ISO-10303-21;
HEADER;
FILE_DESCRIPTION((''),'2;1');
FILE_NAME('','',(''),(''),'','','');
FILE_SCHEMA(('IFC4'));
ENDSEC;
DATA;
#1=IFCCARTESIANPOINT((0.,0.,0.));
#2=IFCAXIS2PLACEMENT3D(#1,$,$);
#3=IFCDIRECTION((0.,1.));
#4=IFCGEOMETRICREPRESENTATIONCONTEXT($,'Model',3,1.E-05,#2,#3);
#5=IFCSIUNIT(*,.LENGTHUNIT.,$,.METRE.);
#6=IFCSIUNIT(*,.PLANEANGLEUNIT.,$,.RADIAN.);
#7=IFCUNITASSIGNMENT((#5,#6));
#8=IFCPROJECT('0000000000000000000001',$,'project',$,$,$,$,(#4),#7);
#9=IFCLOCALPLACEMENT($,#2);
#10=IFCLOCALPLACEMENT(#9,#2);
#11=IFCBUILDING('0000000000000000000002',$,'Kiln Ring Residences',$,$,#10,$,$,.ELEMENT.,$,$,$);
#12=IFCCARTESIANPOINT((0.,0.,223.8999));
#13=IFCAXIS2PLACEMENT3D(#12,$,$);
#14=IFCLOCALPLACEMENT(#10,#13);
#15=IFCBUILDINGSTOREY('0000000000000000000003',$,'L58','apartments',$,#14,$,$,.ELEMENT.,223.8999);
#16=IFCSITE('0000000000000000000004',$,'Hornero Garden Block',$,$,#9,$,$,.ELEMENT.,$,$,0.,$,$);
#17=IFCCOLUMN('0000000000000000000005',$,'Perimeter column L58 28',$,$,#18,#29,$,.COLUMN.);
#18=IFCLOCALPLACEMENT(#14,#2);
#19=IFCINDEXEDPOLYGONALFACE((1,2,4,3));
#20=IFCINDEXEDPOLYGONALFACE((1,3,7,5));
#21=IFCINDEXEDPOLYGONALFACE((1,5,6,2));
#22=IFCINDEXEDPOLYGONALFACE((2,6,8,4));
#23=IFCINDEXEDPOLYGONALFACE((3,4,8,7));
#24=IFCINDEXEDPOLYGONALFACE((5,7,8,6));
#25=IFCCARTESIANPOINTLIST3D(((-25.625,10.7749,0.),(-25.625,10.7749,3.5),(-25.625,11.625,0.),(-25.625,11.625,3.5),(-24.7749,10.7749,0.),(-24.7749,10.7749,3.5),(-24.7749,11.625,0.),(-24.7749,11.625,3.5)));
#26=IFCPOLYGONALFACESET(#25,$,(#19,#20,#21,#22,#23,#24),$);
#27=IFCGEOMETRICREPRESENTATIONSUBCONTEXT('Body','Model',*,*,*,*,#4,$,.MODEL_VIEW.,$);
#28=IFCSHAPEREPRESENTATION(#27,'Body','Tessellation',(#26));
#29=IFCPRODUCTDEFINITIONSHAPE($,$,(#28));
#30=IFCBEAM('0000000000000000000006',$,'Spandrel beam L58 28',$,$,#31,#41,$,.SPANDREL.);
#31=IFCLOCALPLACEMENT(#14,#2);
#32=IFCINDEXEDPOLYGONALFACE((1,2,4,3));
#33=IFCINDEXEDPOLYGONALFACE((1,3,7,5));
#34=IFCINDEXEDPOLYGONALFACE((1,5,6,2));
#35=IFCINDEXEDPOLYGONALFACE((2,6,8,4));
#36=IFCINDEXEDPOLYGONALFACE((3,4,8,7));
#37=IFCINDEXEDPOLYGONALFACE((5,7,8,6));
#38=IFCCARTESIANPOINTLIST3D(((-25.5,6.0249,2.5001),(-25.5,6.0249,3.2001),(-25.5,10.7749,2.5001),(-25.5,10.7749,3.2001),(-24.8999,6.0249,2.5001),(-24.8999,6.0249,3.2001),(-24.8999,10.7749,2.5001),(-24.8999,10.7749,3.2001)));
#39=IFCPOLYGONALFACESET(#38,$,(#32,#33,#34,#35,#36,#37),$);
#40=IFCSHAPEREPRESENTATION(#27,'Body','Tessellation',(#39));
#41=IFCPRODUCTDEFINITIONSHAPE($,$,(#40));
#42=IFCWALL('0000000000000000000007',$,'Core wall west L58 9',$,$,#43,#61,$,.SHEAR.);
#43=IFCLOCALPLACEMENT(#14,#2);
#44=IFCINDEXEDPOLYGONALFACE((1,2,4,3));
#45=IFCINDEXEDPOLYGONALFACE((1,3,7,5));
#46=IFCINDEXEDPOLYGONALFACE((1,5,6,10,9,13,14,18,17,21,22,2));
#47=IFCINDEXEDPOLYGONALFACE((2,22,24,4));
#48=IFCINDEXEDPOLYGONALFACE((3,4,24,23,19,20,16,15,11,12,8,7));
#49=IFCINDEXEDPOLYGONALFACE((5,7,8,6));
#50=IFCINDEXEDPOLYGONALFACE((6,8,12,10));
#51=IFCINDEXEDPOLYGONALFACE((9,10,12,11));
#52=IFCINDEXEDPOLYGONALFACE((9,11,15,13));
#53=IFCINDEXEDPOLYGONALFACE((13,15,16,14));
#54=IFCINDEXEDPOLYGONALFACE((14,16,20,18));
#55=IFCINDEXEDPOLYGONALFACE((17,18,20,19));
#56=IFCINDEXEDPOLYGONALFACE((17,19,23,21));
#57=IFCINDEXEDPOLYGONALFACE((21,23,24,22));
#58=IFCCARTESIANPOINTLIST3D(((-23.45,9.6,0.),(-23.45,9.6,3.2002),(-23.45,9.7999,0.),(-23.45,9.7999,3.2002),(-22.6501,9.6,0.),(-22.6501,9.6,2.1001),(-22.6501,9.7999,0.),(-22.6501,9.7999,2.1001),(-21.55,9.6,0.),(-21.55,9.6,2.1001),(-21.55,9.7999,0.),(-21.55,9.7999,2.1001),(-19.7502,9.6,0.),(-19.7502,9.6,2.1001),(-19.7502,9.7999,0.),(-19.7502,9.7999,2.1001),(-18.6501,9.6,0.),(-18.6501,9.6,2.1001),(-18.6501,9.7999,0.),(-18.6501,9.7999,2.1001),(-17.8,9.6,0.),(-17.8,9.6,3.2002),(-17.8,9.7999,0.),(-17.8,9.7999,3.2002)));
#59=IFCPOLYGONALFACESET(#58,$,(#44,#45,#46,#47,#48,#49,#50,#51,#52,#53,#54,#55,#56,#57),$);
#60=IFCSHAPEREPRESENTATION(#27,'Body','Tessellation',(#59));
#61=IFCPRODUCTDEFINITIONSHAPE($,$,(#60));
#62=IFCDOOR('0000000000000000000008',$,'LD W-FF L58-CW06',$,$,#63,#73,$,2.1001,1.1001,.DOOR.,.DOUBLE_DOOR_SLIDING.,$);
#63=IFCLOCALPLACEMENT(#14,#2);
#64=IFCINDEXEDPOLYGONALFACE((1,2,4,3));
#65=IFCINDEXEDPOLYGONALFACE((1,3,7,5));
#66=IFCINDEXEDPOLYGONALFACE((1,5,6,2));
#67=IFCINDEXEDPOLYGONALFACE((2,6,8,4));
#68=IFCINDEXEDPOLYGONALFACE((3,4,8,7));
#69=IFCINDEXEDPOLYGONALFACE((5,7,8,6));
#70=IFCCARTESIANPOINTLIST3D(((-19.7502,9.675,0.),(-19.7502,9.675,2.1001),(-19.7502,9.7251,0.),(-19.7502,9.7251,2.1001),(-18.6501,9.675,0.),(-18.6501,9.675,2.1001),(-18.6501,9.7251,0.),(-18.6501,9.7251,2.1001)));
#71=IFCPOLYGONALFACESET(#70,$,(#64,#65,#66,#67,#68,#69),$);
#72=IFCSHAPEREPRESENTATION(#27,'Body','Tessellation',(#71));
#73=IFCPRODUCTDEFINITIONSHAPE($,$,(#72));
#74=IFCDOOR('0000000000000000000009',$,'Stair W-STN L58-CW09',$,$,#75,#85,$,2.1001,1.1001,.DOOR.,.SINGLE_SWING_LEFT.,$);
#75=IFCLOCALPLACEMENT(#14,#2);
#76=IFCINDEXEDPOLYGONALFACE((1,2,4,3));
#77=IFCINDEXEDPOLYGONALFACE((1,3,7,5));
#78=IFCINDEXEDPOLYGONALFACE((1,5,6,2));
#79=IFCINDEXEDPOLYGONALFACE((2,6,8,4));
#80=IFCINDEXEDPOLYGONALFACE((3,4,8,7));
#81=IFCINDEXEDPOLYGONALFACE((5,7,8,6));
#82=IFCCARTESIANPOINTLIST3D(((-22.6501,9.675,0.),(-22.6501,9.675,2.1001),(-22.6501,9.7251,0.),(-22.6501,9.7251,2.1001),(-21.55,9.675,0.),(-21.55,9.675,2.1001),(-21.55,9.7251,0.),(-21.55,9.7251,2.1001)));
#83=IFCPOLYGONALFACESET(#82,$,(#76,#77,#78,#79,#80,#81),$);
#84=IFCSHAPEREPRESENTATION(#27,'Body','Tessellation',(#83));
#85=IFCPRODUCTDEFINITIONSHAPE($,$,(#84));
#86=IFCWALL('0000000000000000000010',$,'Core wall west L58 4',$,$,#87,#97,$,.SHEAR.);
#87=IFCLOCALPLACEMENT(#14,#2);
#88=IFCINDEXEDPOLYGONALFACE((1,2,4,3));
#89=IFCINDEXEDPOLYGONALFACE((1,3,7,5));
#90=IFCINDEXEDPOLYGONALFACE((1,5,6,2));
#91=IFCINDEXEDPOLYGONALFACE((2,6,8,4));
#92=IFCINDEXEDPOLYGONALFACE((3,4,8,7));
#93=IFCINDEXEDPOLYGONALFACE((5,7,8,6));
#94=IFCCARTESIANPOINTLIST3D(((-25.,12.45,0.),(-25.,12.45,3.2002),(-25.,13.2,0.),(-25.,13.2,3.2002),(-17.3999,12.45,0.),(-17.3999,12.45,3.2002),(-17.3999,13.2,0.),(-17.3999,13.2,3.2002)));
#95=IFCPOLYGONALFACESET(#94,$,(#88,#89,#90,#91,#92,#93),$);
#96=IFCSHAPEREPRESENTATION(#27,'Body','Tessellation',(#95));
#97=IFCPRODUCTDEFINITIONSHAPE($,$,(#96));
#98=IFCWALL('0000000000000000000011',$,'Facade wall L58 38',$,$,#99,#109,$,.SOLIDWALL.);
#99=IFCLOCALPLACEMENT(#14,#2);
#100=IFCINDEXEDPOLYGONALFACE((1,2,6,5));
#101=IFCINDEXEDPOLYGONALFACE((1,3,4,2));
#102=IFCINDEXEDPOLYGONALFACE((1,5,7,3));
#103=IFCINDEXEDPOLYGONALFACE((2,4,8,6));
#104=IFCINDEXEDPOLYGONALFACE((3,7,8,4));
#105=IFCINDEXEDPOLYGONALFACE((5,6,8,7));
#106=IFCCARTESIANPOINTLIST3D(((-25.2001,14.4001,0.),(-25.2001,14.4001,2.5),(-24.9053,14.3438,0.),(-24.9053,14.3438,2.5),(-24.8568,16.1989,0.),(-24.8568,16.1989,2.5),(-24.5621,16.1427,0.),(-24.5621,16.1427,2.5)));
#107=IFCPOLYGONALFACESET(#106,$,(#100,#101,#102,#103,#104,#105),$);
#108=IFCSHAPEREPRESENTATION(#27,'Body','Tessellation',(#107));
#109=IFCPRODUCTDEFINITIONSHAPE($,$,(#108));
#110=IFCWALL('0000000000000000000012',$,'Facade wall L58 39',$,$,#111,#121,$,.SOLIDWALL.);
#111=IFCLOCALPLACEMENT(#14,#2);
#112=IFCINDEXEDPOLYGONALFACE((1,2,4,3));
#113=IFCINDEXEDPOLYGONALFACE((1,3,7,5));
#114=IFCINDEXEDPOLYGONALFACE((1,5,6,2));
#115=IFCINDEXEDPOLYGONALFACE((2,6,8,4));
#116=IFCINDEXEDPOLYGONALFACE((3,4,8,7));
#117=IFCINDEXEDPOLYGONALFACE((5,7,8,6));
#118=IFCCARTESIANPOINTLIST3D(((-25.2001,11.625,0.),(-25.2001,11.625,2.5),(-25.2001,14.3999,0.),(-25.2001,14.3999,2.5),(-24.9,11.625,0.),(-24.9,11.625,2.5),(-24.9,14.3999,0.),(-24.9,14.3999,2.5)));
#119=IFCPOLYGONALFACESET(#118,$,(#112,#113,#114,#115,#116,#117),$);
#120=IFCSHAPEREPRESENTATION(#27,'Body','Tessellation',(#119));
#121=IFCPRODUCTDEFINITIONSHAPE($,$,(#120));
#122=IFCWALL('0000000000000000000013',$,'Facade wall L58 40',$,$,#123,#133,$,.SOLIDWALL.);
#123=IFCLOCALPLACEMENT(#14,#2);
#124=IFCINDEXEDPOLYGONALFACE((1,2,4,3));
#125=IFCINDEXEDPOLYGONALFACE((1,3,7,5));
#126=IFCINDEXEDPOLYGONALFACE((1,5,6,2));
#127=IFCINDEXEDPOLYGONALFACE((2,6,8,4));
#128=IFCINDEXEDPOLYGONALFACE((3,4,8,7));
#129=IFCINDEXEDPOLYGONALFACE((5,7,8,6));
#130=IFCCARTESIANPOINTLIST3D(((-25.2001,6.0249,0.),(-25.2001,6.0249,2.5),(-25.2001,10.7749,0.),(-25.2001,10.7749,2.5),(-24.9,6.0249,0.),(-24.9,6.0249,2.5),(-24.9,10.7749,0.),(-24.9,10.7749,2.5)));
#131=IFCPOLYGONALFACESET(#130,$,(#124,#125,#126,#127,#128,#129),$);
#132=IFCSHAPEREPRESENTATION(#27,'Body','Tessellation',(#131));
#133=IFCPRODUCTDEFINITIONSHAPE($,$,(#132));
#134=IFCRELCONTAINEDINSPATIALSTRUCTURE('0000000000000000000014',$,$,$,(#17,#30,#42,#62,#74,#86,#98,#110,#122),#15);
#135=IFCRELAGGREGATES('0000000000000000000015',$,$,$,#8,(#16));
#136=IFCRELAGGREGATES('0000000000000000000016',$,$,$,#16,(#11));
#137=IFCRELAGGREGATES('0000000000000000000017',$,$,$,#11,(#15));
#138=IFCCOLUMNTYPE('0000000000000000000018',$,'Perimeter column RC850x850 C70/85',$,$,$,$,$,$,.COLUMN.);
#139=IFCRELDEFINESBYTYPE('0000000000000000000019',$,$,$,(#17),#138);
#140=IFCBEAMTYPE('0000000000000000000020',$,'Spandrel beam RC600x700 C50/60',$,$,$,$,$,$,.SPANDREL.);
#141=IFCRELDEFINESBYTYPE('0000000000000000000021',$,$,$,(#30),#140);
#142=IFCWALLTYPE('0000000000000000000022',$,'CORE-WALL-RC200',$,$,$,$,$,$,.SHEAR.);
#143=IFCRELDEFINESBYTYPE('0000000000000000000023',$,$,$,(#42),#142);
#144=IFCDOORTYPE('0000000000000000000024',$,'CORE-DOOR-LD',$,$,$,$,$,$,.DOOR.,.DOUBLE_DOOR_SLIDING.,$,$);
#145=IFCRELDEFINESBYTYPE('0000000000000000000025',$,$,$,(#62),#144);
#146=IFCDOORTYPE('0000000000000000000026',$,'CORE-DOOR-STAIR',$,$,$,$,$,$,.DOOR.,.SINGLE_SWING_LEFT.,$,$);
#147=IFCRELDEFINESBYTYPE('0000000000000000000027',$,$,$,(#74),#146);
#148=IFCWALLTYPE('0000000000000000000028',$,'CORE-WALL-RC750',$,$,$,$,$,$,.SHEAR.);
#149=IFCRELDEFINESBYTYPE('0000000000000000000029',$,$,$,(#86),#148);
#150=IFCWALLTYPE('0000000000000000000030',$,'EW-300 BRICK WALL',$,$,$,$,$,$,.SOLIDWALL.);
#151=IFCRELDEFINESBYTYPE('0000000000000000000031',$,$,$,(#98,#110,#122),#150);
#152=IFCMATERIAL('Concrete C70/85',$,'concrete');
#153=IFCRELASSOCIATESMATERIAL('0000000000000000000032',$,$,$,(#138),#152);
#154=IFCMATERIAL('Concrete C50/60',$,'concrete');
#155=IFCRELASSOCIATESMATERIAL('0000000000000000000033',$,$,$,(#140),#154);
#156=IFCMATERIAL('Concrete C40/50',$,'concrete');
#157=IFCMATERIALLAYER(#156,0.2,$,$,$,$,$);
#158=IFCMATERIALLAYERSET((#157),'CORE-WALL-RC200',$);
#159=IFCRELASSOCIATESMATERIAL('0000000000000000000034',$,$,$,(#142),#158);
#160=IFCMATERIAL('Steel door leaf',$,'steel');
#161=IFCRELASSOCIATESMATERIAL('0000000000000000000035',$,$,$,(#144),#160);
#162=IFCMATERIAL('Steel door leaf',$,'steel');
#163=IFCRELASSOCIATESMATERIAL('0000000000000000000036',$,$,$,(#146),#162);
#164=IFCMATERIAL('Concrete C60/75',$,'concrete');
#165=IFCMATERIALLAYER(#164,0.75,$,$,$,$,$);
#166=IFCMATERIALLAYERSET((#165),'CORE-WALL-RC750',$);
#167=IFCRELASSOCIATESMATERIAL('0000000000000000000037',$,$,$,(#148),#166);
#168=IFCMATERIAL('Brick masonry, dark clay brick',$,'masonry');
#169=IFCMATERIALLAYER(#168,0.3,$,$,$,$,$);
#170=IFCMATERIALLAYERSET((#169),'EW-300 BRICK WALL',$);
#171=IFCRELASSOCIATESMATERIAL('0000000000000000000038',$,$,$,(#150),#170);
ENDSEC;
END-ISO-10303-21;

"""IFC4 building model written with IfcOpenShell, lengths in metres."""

from ifc_helpers import new_model, si_unit, direction, frame, frame_2d, origin, origin_2d, place, context, subcontext, project, spatial, rectangle, extrude, material, layer, layer_set, material_profile, profile_set, type_object, element, fill, save


model = new_model("IFC4")

# Units and contexts
model_context = context("Model", 3, precision=1e-05, world=origin(), true_north=direction((0.0, 1.0)))
body_context = subcontext(model_context, "Body", "Model", "MODEL_VIEW")
ifc_project = project(units=[si_unit("LENGTHUNIT", "METRE"), si_unit("PLANEANGLEUNIT", "RADIAN")], contexts=[model_context])

# Site, building, storey
site_placement = place(None, origin())
site = spatial("IfcSite", under=ifc_project, at=site_placement, Name="Hornero Garden Block", CompositionType="ELEMENT", RefElevation=0.0)
building_placement = place(site_placement, origin())
building = spatial("IfcBuilding", under=site, at=building_placement, Name="Kiln Ring Residences", CompositionType="ELEMENT")
storey_placement = place(building_placement, frame((0.0, 0.0, 223.8999)))
storey = spatial("IfcBuildingStorey", under=building, at=storey_placement, Name="L58", Description="apartments", CompositionType="ELEMENT", Elevation=223.8999)

# Column
ifc_material_1 = material(Name="Concrete C70/85", Category="concrete")
ifc_material_profile_1 = material_profile(ifc_material_1, rectangle(XDim=0.8501, YDim=0.8501, at=origin_2d()), Name="RC850x850")
ifc_profile_set_1 = profile_set([ifc_material_profile_1], Name="Concrete C70/85")
column_type = type_object("IfcColumnType", Name="Perimeter column RC850x850 C70/85", PredefinedType="COLUMN", material=ifc_profile_set_1)
column_placement = place(storey_placement, frame((-25.2, 11.2, 0.0), z_axis=(0.0, 0.0, 1.0), x_axis=(1.0, 0.0, 0.0)))
element("IfcColumn", 1, at=column_placement, inside=storey, type_object=column_type, Name="Perimeter column L58 28", PredefinedType="COLUMN", context=body_context, shape_type="SweptSolid", body=[
    extrude(rectangle(XDim=0.8501, YDim=0.8501, at=origin_2d()), origin(), (0.0, 0.0, 1.0), 3.5),
])

# Beam
ifc_material_2 = material(Name="Concrete C50/60", Category="concrete")
ifc_material_profile_2 = material_profile(ifc_material_2, rectangle(XDim=0.6001, YDim=0.7, at=origin_2d()), Name="RC600x700")
ifc_profile_set_2 = profile_set([ifc_material_profile_2], Name="Concrete C50/60")
beam_type = type_object("IfcBeamType", Name="Spandrel beam RC600x700 C50/60", PredefinedType="SPANDREL", material=ifc_profile_set_2)
beam_placement = place(storey_placement, frame((-25.2, 10.7749, 2.8501), z_axis=(0.0, -1.0, 0.0), x_axis=(1.0, 0.0, 0.0)))
element("IfcBeam", 2, at=beam_placement, inside=storey, type_object=beam_type, Name="Spandrel beam L58 28", PredefinedType="SPANDREL", context=body_context, shape_type="SweptSolid", body=[
    extrude(rectangle(XDim=0.6001, YDim=0.7, at=origin_2d()), origin(), (0.0, 0.0, 1.0), 4.75),
])

# Wall, openings, doors
ifc_material_3 = material(Name="Concrete C40/50", Category="concrete")
ifc_layer_1 = layer(ifc_material_3, 0.2)
ifc_layer_set_1 = layer_set([ifc_layer_1], Name="CORE-WALL-RC200")
wall_type_1 = type_object("IfcWallType", Name="CORE-WALL-RC200", PredefinedType="SHEAR", material=ifc_layer_set_1)
wall_1_placement = place(storey_placement, frame((-17.8, 9.7, 0.0), z_axis=(0.0, 0.0, 1.0), x_axis=(-1.0, 0.0, 0.0)))
wall_1 = element("IfcWall", 3, at=wall_1_placement, inside=storey, type_object=wall_type_1, Name="Core wall west L58 9", PredefinedType="SHEAR", context=body_context, shape_type="SweptSolid", body=[
    extrude(rectangle(XDim=5.6499, YDim=0.2, at=frame_2d((2.825, 0.0))), origin(), (0.0, 0.0, 1.0), 3.2002),
])
opening_1_placement = place(wall_1_placement, frame((0.8501, 0.0, 0.0)))
opening_1 = element("IfcOpeningElement", 4, at=opening_1_placement, cuts=wall_1, PredefinedType="OPENING", context=body_context, shape_type="SweptSolid", body=[
    extrude(rectangle(XDim=1.1001, YDim=2.1001, at=frame_2d((0.55, 1.05))), frame((0.0, 0.1099, 0.0), z_axis=(0.0, -1.0, 0.0), x_axis=(1.0, 0.0, 0.0)), (0.0, 0.0, 1.0), 0.22),
])
opening_2_placement = place(wall_1_placement, frame((3.75, 0.0, 0.0)))
opening_2 = element("IfcOpeningElement", 5, at=opening_2_placement, cuts=wall_1, PredefinedType="OPENING", context=body_context, shape_type="SweptSolid", body=[
    extrude(rectangle(XDim=1.1001, YDim=2.1001, at=frame_2d((0.55, 1.05))), frame((0.0, 0.1099, 0.0), z_axis=(0.0, -1.0, 0.0), x_axis=(1.0, 0.0, 0.0)), (0.0, 0.0, 1.0), 0.22),
])
ifc_material_4 = material(Name="Steel door leaf", Category="steel")
door_type_1 = type_object("IfcDoorType", Name="CORE-DOOR-LD", OperationType="DOUBLE_DOOR_SLIDING", PredefinedType="DOOR", material=ifc_material_4)
door_1_placement = place(opening_1_placement, origin())
door_1 = element("IfcDoor", 6, at=door_1_placement, inside=storey, type_object=door_type_1, Name="LD W-FF L58-CW06", OperationType="DOUBLE_DOOR_SLIDING", OverallHeight=2.1001, OverallWidth=1.1001, PredefinedType="DOOR", context=body_context, shape_type="SweptSolid", body=[
    extrude(rectangle(XDim=1.1001, YDim=2.1001, at=frame_2d((0.55, 1.05))), frame((0.0, 0.0249, 0.0), z_axis=(0.0, -1.0, 0.0), x_axis=(1.0, 0.0, 0.0)), (0.0, 0.0, 1.0), 0.05),
])
fill(opening_1, door_1)
ifc_material_5 = material(Name="Steel door leaf", Category="steel")
door_type_2 = type_object("IfcDoorType", Name="CORE-DOOR-STAIR", OperationType="SINGLE_SWING_LEFT", PredefinedType="DOOR", material=ifc_material_5)
door_2_placement = place(opening_2_placement, origin())
door_2 = element("IfcDoor", 7, at=door_2_placement, inside=storey, type_object=door_type_2, Name="Stair W-STN L58-CW09", OperationType="SINGLE_SWING_LEFT", OverallHeight=2.1001, OverallWidth=1.1001, PredefinedType="DOOR", context=body_context, shape_type="SweptSolid", body=[
    extrude(rectangle(XDim=1.1001, YDim=2.1001, at=frame_2d((0.55, 1.05))), frame((0.0, 0.0249, 0.0), z_axis=(0.0, -1.0, 0.0), x_axis=(1.0, 0.0, 0.0)), (0.0, 0.0, 1.0), 0.05),
])
fill(opening_2, door_2)

# Walls
ifc_material_6 = material(Name="Concrete C60/75", Category="concrete")
ifc_layer_2 = layer(ifc_material_6, 0.75)
ifc_layer_set_2 = layer_set([ifc_layer_2], Name="CORE-WALL-RC750")
wall_type_2 = type_object("IfcWallType", Name="CORE-WALL-RC750", PredefinedType="SHEAR", material=ifc_layer_set_2)
wall_2_placement = place(storey_placement, frame((-17.3999, 12.825, 0.0), z_axis=(0.0, 0.0, 1.0), x_axis=(-1.0, 0.0, 0.0)))
element("IfcWall", 8, at=wall_2_placement, inside=storey, type_object=wall_type_2, Name="Core wall west L58 4", PredefinedType="SHEAR", context=body_context, shape_type="SweptSolid", body=[
    extrude(rectangle(XDim=7.6001, YDim=0.75, at=frame_2d((3.8, 0.0))), origin(), (0.0, 0.0, 1.0), 3.2002),
])
ifc_material_7 = material(Name="Brick masonry, dark clay brick", Category="masonry")
ifc_layer_3 = layer(ifc_material_7, 0.3)
ifc_layer_set_3 = layer_set([ifc_layer_3], Name="EW-300 BRICK WALL")
wall_type_3 = type_object("IfcWallType", Name="EW-300 BRICK WALL", PredefinedType="SOLIDWALL", material=ifc_layer_set_3)
wall_3_placement = place(storey_placement, frame((-24.7095, 16.1707, 0.0), z_axis=(0.0, 0.0, 1.0), x_axis=(-0.187443, -0.982275, 0.0)))
element("IfcWall", 9, at=wall_3_placement, inside=storey, type_object=wall_type_3, Name="Facade wall L58 38", PredefinedType="SOLIDWALL", context=body_context, shape_type="SweptSolid", body=[
    extrude(rectangle(XDim=1.8313, YDim=0.3, at=frame_2d((0.9155, 0.0))), origin(), (0.0, 0.0, 1.0), 2.5),
])
wall_4_placement = place(storey_placement, frame((-25.05, 14.3999, 0.0), z_axis=(0.0, 0.0, 1.0), x_axis=(0.0, -1.0, 0.0)))
element("IfcWall", 10, at=wall_4_placement, inside=storey, type_object=wall_type_3, Name="Facade wall L58 39", PredefinedType="SOLIDWALL", context=body_context, shape_type="SweptSolid", body=[
    extrude(rectangle(XDim=2.7749, YDim=0.3, at=frame_2d((1.3875, 0.0))), origin(), (0.0, 0.0, 1.0), 2.5),
])
wall_5_placement = place(storey_placement, frame((-25.05, 10.7749, 0.0), z_axis=(0.0, 0.0, 1.0), x_axis=(0.0, -1.0, 0.0)))
element("IfcWall", 11, at=wall_5_placement, inside=storey, type_object=wall_type_3, Name="Facade wall L58 40", PredefinedType="SOLIDWALL", context=body_context, shape_type="SweptSolid", body=[
    extrude(rectangle(XDim=4.75, YDim=0.3, at=frame_2d((2.375, 0.0))), origin(), (0.0, 0.0, 1.0), 2.5),
])

save(model, "model.ifc")
